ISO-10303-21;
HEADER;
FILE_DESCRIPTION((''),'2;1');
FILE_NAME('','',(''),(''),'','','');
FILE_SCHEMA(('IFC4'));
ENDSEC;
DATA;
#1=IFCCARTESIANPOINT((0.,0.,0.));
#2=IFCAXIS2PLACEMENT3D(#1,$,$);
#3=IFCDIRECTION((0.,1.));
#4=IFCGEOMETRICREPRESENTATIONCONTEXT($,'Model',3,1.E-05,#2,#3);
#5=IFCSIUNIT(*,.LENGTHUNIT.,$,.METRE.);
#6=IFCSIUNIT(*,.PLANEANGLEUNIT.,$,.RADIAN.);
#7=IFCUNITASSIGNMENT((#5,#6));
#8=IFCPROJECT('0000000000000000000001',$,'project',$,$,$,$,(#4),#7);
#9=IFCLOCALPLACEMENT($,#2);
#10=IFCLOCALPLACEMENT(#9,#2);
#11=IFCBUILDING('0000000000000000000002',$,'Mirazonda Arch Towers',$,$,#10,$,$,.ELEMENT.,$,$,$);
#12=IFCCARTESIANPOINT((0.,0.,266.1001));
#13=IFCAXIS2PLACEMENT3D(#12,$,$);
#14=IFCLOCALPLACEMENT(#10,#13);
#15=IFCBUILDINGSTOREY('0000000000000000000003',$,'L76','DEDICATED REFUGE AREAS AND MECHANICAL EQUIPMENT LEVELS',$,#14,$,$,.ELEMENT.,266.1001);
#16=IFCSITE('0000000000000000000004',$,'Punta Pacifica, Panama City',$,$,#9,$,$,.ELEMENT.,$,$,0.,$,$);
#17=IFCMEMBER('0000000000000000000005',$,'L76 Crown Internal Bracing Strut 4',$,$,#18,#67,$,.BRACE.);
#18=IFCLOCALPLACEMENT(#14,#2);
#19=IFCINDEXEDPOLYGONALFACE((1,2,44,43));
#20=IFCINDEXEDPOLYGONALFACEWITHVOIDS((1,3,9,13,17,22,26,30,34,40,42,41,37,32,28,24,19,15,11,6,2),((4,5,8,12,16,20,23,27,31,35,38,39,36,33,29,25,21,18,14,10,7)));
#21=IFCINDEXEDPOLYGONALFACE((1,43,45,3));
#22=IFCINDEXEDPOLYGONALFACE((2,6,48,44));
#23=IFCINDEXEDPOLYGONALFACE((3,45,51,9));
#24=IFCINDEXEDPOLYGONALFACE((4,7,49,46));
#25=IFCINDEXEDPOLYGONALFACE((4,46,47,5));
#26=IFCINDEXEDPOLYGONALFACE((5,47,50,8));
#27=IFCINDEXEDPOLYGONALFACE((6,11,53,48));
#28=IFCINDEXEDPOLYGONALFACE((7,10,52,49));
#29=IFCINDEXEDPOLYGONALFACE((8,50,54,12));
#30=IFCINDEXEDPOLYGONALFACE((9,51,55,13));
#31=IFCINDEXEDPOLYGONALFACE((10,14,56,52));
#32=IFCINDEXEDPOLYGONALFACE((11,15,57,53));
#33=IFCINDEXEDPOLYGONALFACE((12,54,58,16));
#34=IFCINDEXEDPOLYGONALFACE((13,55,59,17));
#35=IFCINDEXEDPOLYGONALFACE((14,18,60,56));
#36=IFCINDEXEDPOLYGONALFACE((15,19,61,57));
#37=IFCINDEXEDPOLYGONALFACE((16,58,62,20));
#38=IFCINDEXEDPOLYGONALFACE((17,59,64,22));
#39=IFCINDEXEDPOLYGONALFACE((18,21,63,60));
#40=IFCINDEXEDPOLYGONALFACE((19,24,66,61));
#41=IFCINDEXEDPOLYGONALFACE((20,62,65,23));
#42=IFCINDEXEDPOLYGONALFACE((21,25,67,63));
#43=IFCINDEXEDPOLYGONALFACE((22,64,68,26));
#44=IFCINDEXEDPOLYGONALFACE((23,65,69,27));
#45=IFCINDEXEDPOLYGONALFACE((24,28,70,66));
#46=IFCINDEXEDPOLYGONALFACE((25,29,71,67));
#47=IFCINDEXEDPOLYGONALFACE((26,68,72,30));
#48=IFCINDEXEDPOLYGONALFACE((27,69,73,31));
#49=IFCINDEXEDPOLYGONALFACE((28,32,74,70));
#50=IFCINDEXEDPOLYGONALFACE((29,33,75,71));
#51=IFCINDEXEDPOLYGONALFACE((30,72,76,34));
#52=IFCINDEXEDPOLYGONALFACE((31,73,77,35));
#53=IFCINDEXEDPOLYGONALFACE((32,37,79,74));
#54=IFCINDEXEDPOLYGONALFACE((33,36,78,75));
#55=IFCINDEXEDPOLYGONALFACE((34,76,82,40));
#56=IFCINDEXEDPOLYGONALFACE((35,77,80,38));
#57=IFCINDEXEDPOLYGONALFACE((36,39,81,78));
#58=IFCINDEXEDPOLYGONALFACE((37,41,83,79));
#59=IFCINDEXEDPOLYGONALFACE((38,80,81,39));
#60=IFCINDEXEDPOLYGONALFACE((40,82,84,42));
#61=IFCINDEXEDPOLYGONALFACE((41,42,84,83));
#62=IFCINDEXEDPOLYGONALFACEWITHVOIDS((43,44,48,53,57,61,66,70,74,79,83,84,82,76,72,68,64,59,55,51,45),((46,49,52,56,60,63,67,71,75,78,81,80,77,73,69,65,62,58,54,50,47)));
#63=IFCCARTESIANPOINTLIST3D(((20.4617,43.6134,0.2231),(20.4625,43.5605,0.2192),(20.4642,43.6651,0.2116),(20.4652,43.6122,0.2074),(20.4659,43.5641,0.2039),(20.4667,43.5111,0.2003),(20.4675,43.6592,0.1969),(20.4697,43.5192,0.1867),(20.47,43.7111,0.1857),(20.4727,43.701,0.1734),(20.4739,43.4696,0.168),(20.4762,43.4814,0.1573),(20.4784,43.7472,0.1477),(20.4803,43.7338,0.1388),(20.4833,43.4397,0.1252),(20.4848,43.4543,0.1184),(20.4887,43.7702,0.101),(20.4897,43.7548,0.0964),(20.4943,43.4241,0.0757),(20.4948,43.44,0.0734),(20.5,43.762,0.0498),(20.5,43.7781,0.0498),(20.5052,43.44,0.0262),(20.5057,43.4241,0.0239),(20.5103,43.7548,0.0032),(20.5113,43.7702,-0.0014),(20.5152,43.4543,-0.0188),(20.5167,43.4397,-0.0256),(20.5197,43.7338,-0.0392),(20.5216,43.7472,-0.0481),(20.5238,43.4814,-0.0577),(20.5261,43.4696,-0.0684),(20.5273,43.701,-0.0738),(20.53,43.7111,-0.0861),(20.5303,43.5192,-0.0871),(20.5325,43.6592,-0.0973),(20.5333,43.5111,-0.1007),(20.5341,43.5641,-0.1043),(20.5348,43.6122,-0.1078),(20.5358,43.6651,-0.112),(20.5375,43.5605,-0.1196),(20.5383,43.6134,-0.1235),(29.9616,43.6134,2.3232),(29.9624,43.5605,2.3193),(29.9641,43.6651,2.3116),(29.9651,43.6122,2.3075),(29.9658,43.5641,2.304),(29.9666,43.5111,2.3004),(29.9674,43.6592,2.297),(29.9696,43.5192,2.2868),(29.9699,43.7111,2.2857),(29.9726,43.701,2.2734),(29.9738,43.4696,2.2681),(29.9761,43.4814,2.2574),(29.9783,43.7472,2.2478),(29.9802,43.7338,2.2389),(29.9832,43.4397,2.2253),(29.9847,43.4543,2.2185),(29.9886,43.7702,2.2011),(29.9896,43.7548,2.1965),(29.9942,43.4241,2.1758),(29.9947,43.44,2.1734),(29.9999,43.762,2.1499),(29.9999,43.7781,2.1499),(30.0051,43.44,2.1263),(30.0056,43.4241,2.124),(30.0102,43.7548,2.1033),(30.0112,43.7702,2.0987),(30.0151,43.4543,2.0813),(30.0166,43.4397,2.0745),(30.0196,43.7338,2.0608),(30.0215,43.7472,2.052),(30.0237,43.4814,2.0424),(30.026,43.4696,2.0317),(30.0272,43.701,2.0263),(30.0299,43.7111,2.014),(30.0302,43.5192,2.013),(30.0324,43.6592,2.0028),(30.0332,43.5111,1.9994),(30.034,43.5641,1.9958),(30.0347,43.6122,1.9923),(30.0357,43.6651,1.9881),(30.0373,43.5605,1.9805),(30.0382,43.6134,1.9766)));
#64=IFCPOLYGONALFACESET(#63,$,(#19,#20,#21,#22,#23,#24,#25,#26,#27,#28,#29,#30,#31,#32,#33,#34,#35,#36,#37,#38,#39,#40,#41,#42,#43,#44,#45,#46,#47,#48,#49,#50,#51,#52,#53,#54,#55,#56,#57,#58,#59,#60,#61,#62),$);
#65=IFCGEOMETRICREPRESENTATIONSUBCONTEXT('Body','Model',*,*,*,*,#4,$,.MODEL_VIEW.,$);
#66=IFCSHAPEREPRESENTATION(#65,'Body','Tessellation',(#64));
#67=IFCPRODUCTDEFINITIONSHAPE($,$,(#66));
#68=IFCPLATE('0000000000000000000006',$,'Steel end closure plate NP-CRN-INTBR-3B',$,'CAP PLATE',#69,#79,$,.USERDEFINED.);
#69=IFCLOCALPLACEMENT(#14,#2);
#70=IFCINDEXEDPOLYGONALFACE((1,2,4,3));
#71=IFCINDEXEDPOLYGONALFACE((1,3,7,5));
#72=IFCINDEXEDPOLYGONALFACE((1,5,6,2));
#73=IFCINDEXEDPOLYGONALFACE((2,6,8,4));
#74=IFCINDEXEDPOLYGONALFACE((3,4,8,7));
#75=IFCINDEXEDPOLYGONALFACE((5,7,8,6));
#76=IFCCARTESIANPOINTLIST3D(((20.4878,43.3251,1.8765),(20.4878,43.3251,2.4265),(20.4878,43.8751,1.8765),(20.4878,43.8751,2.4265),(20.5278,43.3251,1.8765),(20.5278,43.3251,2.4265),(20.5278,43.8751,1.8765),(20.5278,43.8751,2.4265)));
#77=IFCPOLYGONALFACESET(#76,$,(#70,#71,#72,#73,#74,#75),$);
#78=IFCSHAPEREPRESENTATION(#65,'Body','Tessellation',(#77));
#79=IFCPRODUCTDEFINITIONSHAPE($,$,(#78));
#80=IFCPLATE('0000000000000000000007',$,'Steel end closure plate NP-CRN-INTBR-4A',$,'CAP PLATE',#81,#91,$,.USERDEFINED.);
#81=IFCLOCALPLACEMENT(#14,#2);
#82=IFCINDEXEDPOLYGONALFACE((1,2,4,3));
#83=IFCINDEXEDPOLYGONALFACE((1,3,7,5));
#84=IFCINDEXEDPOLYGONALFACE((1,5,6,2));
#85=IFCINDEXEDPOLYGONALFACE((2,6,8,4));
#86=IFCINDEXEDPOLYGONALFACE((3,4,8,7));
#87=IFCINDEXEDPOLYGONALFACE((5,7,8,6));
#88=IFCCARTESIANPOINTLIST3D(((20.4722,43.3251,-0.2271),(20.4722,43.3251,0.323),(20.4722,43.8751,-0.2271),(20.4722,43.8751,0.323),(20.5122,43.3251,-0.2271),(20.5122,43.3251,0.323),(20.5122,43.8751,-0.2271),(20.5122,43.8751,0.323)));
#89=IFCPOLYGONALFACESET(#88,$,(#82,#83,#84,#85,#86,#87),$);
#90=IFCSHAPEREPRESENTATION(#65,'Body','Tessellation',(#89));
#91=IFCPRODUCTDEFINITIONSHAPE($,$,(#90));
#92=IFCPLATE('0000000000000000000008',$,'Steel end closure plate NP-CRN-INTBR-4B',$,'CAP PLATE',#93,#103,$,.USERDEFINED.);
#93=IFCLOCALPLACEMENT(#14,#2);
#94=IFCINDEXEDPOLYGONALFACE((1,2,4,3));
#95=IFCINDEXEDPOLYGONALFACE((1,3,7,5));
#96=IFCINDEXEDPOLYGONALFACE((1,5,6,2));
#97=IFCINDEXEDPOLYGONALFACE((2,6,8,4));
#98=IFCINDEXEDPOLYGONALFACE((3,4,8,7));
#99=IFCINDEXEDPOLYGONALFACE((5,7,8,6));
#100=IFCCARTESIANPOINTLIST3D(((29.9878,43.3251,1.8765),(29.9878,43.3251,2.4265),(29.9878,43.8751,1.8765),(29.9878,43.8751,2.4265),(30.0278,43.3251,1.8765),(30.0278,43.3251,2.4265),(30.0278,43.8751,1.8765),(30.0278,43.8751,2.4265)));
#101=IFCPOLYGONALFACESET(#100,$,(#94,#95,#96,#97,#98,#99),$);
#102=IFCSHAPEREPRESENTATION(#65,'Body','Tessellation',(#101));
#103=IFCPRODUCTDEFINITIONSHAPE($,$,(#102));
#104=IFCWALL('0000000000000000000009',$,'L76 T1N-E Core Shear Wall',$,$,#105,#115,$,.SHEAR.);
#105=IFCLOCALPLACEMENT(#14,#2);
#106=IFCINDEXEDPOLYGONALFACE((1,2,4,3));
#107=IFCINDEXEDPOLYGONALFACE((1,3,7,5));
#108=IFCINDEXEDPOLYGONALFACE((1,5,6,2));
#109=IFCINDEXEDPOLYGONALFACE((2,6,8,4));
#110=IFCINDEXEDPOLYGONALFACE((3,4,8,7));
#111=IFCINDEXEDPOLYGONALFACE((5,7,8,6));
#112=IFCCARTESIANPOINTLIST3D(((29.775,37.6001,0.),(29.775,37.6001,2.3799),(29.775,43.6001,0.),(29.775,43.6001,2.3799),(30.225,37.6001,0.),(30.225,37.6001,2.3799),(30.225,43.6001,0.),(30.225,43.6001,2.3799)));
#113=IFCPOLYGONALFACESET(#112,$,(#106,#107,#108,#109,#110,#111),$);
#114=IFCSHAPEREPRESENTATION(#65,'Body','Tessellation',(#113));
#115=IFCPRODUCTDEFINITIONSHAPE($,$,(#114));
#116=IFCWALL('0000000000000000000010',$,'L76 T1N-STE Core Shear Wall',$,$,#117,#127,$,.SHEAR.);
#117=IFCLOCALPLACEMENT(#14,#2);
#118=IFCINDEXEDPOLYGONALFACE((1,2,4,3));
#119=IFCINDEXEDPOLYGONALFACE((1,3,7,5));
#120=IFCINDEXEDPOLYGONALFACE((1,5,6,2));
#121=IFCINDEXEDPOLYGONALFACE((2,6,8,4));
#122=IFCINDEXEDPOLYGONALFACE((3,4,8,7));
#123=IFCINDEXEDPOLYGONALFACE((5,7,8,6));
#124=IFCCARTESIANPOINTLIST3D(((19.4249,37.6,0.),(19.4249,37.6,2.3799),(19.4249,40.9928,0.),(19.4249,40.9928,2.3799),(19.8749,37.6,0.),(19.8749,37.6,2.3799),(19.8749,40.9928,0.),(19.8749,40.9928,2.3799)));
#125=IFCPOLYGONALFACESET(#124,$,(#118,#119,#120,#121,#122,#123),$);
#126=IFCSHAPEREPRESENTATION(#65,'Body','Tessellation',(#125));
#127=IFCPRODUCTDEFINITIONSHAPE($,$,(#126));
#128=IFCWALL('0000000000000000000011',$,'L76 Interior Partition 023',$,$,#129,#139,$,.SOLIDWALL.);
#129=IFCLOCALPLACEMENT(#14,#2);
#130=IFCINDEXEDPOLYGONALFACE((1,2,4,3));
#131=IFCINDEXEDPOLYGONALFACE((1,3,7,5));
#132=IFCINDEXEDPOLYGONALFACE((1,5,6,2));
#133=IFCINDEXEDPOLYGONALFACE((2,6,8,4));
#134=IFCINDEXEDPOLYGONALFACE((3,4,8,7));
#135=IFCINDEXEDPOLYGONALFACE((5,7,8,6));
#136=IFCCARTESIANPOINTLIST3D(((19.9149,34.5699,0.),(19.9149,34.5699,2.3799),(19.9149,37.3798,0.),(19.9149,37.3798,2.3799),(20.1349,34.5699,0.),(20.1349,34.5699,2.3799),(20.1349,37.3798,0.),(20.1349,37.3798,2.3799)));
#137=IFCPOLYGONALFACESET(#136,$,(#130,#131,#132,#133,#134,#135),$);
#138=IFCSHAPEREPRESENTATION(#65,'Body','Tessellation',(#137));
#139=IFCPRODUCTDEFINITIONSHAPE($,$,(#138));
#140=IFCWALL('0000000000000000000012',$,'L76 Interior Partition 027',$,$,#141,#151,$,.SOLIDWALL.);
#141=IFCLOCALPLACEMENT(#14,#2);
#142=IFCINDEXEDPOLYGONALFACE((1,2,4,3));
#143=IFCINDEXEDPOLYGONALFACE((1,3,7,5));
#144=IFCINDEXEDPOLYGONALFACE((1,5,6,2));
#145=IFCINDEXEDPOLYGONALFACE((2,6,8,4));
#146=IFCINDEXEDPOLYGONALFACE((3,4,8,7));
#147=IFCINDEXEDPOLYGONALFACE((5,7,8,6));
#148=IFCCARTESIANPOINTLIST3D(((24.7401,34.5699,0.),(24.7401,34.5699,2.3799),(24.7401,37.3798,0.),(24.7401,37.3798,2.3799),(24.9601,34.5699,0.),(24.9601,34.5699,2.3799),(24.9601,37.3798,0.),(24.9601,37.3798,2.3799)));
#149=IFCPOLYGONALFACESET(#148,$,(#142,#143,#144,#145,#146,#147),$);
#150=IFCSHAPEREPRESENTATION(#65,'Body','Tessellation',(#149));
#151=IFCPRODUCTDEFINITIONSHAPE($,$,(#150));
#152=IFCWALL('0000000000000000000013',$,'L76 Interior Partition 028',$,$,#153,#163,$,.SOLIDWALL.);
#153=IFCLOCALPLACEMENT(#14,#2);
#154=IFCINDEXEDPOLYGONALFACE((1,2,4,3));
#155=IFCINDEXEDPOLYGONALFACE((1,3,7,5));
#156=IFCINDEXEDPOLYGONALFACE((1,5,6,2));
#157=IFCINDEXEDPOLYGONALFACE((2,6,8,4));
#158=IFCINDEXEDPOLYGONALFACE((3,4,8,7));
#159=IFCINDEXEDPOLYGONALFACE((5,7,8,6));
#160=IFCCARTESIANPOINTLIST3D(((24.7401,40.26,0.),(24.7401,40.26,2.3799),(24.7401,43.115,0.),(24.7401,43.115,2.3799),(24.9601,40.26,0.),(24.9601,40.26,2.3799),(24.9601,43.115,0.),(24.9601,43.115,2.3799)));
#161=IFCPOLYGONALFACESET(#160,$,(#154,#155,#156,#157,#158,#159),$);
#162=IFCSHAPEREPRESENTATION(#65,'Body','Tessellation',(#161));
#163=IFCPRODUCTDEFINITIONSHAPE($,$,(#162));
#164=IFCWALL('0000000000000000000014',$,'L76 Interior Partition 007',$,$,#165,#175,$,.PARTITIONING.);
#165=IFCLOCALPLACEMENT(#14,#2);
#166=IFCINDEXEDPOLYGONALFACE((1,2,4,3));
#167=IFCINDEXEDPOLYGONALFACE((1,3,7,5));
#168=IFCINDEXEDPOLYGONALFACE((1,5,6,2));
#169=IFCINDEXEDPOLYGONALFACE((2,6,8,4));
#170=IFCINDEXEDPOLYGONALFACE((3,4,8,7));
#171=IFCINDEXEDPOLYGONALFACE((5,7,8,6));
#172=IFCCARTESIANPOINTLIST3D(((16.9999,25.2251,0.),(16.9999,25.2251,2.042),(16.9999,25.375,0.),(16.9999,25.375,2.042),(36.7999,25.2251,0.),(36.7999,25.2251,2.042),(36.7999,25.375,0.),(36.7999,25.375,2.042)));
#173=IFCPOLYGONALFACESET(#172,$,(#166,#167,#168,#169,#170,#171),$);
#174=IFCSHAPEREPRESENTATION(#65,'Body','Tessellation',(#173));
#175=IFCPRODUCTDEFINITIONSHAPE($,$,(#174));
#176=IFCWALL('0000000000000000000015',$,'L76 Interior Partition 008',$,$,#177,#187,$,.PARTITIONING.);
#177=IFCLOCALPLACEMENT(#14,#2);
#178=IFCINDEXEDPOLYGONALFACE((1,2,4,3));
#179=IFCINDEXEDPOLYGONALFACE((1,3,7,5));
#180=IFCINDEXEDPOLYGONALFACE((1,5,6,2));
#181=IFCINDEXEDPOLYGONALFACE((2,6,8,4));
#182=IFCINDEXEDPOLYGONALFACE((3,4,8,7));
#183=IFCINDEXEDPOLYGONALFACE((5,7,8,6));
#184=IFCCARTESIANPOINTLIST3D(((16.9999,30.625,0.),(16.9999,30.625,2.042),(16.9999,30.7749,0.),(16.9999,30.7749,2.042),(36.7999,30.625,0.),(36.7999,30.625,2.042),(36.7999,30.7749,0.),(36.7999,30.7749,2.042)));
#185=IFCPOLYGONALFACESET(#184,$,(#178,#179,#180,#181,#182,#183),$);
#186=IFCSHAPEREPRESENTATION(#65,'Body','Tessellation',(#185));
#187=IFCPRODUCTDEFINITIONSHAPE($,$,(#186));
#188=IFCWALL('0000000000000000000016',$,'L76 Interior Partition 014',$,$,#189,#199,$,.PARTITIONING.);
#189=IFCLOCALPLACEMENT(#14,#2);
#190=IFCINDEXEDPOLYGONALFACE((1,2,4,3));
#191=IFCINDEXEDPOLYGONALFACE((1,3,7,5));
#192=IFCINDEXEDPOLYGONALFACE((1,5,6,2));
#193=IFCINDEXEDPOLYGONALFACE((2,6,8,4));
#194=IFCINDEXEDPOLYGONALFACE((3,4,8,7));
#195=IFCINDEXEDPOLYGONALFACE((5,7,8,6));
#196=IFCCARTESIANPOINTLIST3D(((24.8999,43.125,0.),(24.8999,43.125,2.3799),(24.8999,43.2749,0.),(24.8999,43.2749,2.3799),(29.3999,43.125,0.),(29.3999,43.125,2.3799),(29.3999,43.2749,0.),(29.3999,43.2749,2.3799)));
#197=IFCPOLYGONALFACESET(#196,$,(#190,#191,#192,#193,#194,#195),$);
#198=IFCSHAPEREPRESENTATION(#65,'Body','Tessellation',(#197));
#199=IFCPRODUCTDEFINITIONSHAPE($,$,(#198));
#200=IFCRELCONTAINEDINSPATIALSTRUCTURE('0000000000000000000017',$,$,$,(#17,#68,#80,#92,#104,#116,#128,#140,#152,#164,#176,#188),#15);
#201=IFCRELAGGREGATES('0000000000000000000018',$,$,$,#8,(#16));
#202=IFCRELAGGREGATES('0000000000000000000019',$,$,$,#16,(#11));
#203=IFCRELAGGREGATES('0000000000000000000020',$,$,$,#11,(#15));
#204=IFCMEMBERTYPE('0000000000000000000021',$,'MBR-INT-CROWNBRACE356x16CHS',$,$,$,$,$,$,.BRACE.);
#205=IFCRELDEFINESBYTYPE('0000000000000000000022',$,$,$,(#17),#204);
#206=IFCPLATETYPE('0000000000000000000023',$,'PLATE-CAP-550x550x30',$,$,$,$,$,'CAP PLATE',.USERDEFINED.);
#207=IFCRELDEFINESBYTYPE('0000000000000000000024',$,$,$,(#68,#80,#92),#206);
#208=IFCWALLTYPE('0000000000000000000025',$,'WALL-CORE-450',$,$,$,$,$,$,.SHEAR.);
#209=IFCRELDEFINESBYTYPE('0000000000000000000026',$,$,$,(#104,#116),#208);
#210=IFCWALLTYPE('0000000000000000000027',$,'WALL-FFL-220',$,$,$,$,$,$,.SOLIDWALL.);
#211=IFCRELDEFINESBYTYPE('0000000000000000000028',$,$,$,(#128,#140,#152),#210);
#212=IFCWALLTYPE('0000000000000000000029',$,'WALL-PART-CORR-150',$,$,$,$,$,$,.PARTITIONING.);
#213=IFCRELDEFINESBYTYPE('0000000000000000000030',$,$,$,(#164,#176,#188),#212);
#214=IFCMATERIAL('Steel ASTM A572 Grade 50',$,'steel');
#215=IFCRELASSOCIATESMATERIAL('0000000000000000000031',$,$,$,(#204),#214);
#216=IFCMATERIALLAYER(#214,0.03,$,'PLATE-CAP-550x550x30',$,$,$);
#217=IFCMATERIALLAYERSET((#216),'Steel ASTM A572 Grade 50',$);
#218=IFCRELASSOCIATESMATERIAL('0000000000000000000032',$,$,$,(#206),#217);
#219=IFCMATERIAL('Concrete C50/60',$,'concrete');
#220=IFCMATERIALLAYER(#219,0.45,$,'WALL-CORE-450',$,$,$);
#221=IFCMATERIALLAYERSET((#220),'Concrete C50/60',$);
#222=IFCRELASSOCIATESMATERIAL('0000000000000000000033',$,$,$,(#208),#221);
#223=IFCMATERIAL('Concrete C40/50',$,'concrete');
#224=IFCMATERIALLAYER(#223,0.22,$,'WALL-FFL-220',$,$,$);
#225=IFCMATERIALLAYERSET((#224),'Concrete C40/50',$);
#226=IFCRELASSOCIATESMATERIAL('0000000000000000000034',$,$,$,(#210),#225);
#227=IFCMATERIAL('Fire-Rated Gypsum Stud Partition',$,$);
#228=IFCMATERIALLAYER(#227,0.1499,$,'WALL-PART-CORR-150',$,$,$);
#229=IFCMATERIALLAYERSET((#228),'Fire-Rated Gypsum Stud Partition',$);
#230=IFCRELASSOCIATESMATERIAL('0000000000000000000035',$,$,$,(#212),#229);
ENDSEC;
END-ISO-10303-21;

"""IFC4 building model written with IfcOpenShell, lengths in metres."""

from ifc_helpers import new_model, si_unit, direction, frame, frame_2d, origin, origin_2d, place, context, subcontext, project, spatial, rectangle, hollow_circle, extrude, material, layer, layer_set, material_profile, profile_set, type_object, element, save


model = new_model("IFC4")

# Units and contexts
model_context = context("Model", 3, precision=1e-05, world=origin(), true_north=direction((0.0, 1.0)))
body_context = subcontext(model_context, "Body", "Model", "MODEL_VIEW")
ifc_project = project(units=[si_unit("LENGTHUNIT", "METRE"), si_unit("PLANEANGLEUNIT", "RADIAN")], contexts=[model_context])

# Site, building, storey
site_placement = place(None, origin())
site = spatial("IfcSite", under=ifc_project, at=site_placement, Name="Punta Pacifica, Panama City", CompositionType="ELEMENT", RefElevation=0.0)
building_placement = place(site_placement, origin())
building = spatial("IfcBuilding", under=site, at=building_placement, Name="Mirazonda Arch Towers", CompositionType="ELEMENT")
storey_placement = place(building_placement, frame((0.0, 0.0, 266.1001)))
storey = spatial("IfcBuildingStorey", under=building, at=storey_placement, Name="L76", Description="DEDICATED REFUGE AREAS AND MECHANICAL EQUIPMENT LEVELS", CompositionType="ELEMENT", Elevation=266.1001)

# Shared definitions
ifc_material_1 = material(Name="Concrete C50/60", Category="concrete")
ifc_material_2 = material(Name="Steel ASTM A572 Grade 50", Category="steel")

# Member
ifc_material_profile_1 = material_profile(ifc_material_2, hollow_circle(Radius=0.178, WallThickness=0.0161, at=origin_2d()), Name="CROWNBRACE356x16CHS")
ifc_profile_set_1 = profile_set([ifc_material_profile_1], Name="Steel ASTM A572 Grade 50")
member_type = type_object("IfcMemberType", Name="MBR-INT-CROWNBRACE356x16CHS", PredefinedType="BRACE", material=ifc_profile_set_1)
member_placement = place(storey_placement, frame((20.5, 43.6001, 0.0498), z_axis=(0.976426, 0.0, 0.215852), x_axis=(0.0, 1.0, 0.0)))
element("IfcMember", 1, at=member_placement, inside=storey, type_object=member_type, Name="L76 Crown Internal Bracing Strut 4", PredefinedType="BRACE", context=body_context, shape_type="SweptSolid", body=[
    extrude(hollow_circle(Radius=0.178, WallThickness=0.0161, at=origin_2d()), origin(), (0.0, 0.0, 1.0), 9.7292),
])

# Plates
ifc_layer_1 = layer(ifc_material_2, 0.03, Name="PLATE-CAP-550x550x30")
ifc_layer_set_1 = layer_set([ifc_layer_1], Name="Steel ASTM A572 Grade 50")
plate_type = type_object("IfcPlateType", Name="PLATE-CAP-550x550x30", ElementType="CAP PLATE", PredefinedType="USERDEFINED", material=ifc_layer_set_1)
for number, where, z_axis, x_axis, name in (
    (2, (20.5078, 43.6001, 1.8765), (0.0, 0.0, 1.0), (1.0, 0.0, 0.0), "Steel end closure plate NP-CRN-INTBR-3B"),
    (3, (20.4922, 43.6001, -0.2271), (0.0, 0.0, 1.0), (-1.0, 0.0, 0.0), "Steel end closure plate NP-CRN-INTBR-4A"),
    (4, (30.0078, 43.6001, 1.8765), (0.0, 0.0, 1.0), (1.0, 0.0, 0.0), "Steel end closure plate NP-CRN-INTBR-4B"),
):
    element("IfcPlate", number, at=place(storey_placement, frame(where, z_axis=z_axis, x_axis=x_axis)), inside=storey, type_object=plate_type, Name=name, ObjectType="CAP PLATE", PredefinedType="USERDEFINED", context=body_context, shape_type="SweptSolid", body=[
        extrude(rectangle(XDim=0.04, YDim=0.55, at=origin_2d()), origin(), (0.0, 0.0, 1.0), 0.55),
    ])

# Walls
ifc_layer_2 = layer(ifc_material_1, 0.45, Name="WALL-CORE-450")
ifc_layer_set_2 = layer_set([ifc_layer_2], Name="Concrete C50/60")
wall_type_1 = type_object("IfcWallType", Name="WALL-CORE-450", PredefinedType="SHEAR", material=ifc_layer_set_2)
wall_1_placement = place(storey_placement, frame((30.0, 37.6001, 0.0), z_axis=(0.0, 0.0, 1.0), x_axis=(0.0, 1.0, 0.0)))
element("IfcWall", 5, at=wall_1_placement, inside=storey, type_object=wall_type_1, Name="L76 T1N-E Core Shear Wall", PredefinedType="SHEAR", context=body_context, shape_type="SweptSolid", body=[
    extrude(rectangle(XDim=6.0, YDim=0.45, at=frame_2d((3.0, 0.0))), origin(), (0.0, 0.0, 1.0), 2.3799),
])
wall_2_placement = place(storey_placement, frame((19.6499, 37.6001, 0.0), z_axis=(0.0, 0.0, 1.0), x_axis=(0.0, 1.0, 0.0)))
element("IfcWall", 6, at=wall_2_placement, inside=storey, type_object=wall_type_1, Name="L76 T1N-STE Core Shear Wall", PredefinedType="SHEAR", context=body_context, shape_type="SweptSolid", body=[
    extrude(rectangle(XDim=3.3928, YDim=0.45, at=frame_2d((1.6963, 0.0))), origin(), (0.0, 0.0, 1.0), 2.3799),
])
ifc_material_3 = material(Name="Concrete C40/50", Category="concrete")
ifc_layer_3 = layer(ifc_material_3, 0.22, Name="WALL-FFL-220")
ifc_layer_set_3 = layer_set([ifc_layer_3], Name="Concrete C40/50")
wall_type_2 = type_object("IfcWallType", Name="WALL-FFL-220", PredefinedType="SOLIDWALL", material=ifc_layer_set_3)
for number, where, z_axis, x_axis, name in (
    (7, (20.0249, 34.5701, 0.0), (0.0, 0.0, 1.0), (0.0, 1.0, 0.0), "L76 Interior Partition 023"),
    (8, (24.8501, 34.5701, 0.0), (0.0, 0.0, 1.0), (0.0, 1.0, 0.0), "L76 Interior Partition 027"),
):
    element("IfcWall", number, at=place(storey_placement, frame(where, z_axis=z_axis, x_axis=x_axis)), inside=storey, type_object=wall_type_2, Name=name, PredefinedType="SOLIDWALL", context=body_context, shape_type="SweptSolid", body=[
        extrude(rectangle(XDim=2.8098, YDim=0.22, at=frame_2d((1.4048, 0.0))), origin(), (0.0, 0.0, 1.0), 2.3799),
    ])
wall_3_placement = place(storey_placement, frame((24.8501, 40.26, 0.0), z_axis=(0.0, 0.0, 1.0), x_axis=(0.0, 1.0, 0.0)))
element("IfcWall", 9, at=wall_3_placement, inside=storey, type_object=wall_type_2, Name="L76 Interior Partition 028", PredefinedType="SOLIDWALL", context=body_context, shape_type="SweptSolid", body=[
    extrude(rectangle(XDim=2.855, YDim=0.22, at=frame_2d((1.4275, 0.0))), origin(), (0.0, 0.0, 1.0), 2.3799),
])
ifc_material_4 = material(Name="Fire-Rated Gypsum Stud Partition")
ifc_layer_4 = layer(ifc_material_4, 0.1499, Name="WALL-PART-CORR-150")
ifc_layer_set_4 = layer_set([ifc_layer_4], Name="Fire-Rated Gypsum Stud Partition")
wall_type_3 = type_object("IfcWallType", Name="WALL-PART-CORR-150", PredefinedType="PARTITIONING", material=ifc_layer_set_4)
for number, where, z_axis, x_axis, name in (
    (10, (17.0, 25.3, 0.0), (0.0, 0.0, 1.0), (1.0, 0.0, 0.0), "L76 Interior Partition 007"),
    (11, (17.0, 30.7, 0.0), (0.0, 0.0, 1.0), (1.0, 0.0, 0.0), "L76 Interior Partition 008"),
):
    element("IfcWall", number, at=place(storey_placement, frame(where, z_axis=z_axis, x_axis=x_axis)), inside=storey, type_object=wall_type_3, Name=name, PredefinedType="PARTITIONING", context=body_context, shape_type="SweptSolid", body=[
        extrude(rectangle(XDim=19.8, YDim=0.1499, at=frame_2d((9.8999, 0.0))), origin(), (0.0, 0.0, 1.0), 2.042),
    ])
wall_4_placement = place(storey_placement, frame((24.8999, 43.2, 0.0), z_axis=(0.0, 0.0, 1.0), x_axis=(1.0, 0.0, 0.0)))
element("IfcWall", 12, at=wall_4_placement, inside=storey, type_object=wall_type_3, Name="L76 Interior Partition 014", PredefinedType="PARTITIONING", context=body_context, shape_type="SweptSolid", body=[
    extrude(rectangle(XDim=4.5, YDim=0.1499, at=frame_2d((2.25, 0.0))), origin(), (0.0, 0.0, 1.0), 2.3799),
])

save(model, "model.ifc")
